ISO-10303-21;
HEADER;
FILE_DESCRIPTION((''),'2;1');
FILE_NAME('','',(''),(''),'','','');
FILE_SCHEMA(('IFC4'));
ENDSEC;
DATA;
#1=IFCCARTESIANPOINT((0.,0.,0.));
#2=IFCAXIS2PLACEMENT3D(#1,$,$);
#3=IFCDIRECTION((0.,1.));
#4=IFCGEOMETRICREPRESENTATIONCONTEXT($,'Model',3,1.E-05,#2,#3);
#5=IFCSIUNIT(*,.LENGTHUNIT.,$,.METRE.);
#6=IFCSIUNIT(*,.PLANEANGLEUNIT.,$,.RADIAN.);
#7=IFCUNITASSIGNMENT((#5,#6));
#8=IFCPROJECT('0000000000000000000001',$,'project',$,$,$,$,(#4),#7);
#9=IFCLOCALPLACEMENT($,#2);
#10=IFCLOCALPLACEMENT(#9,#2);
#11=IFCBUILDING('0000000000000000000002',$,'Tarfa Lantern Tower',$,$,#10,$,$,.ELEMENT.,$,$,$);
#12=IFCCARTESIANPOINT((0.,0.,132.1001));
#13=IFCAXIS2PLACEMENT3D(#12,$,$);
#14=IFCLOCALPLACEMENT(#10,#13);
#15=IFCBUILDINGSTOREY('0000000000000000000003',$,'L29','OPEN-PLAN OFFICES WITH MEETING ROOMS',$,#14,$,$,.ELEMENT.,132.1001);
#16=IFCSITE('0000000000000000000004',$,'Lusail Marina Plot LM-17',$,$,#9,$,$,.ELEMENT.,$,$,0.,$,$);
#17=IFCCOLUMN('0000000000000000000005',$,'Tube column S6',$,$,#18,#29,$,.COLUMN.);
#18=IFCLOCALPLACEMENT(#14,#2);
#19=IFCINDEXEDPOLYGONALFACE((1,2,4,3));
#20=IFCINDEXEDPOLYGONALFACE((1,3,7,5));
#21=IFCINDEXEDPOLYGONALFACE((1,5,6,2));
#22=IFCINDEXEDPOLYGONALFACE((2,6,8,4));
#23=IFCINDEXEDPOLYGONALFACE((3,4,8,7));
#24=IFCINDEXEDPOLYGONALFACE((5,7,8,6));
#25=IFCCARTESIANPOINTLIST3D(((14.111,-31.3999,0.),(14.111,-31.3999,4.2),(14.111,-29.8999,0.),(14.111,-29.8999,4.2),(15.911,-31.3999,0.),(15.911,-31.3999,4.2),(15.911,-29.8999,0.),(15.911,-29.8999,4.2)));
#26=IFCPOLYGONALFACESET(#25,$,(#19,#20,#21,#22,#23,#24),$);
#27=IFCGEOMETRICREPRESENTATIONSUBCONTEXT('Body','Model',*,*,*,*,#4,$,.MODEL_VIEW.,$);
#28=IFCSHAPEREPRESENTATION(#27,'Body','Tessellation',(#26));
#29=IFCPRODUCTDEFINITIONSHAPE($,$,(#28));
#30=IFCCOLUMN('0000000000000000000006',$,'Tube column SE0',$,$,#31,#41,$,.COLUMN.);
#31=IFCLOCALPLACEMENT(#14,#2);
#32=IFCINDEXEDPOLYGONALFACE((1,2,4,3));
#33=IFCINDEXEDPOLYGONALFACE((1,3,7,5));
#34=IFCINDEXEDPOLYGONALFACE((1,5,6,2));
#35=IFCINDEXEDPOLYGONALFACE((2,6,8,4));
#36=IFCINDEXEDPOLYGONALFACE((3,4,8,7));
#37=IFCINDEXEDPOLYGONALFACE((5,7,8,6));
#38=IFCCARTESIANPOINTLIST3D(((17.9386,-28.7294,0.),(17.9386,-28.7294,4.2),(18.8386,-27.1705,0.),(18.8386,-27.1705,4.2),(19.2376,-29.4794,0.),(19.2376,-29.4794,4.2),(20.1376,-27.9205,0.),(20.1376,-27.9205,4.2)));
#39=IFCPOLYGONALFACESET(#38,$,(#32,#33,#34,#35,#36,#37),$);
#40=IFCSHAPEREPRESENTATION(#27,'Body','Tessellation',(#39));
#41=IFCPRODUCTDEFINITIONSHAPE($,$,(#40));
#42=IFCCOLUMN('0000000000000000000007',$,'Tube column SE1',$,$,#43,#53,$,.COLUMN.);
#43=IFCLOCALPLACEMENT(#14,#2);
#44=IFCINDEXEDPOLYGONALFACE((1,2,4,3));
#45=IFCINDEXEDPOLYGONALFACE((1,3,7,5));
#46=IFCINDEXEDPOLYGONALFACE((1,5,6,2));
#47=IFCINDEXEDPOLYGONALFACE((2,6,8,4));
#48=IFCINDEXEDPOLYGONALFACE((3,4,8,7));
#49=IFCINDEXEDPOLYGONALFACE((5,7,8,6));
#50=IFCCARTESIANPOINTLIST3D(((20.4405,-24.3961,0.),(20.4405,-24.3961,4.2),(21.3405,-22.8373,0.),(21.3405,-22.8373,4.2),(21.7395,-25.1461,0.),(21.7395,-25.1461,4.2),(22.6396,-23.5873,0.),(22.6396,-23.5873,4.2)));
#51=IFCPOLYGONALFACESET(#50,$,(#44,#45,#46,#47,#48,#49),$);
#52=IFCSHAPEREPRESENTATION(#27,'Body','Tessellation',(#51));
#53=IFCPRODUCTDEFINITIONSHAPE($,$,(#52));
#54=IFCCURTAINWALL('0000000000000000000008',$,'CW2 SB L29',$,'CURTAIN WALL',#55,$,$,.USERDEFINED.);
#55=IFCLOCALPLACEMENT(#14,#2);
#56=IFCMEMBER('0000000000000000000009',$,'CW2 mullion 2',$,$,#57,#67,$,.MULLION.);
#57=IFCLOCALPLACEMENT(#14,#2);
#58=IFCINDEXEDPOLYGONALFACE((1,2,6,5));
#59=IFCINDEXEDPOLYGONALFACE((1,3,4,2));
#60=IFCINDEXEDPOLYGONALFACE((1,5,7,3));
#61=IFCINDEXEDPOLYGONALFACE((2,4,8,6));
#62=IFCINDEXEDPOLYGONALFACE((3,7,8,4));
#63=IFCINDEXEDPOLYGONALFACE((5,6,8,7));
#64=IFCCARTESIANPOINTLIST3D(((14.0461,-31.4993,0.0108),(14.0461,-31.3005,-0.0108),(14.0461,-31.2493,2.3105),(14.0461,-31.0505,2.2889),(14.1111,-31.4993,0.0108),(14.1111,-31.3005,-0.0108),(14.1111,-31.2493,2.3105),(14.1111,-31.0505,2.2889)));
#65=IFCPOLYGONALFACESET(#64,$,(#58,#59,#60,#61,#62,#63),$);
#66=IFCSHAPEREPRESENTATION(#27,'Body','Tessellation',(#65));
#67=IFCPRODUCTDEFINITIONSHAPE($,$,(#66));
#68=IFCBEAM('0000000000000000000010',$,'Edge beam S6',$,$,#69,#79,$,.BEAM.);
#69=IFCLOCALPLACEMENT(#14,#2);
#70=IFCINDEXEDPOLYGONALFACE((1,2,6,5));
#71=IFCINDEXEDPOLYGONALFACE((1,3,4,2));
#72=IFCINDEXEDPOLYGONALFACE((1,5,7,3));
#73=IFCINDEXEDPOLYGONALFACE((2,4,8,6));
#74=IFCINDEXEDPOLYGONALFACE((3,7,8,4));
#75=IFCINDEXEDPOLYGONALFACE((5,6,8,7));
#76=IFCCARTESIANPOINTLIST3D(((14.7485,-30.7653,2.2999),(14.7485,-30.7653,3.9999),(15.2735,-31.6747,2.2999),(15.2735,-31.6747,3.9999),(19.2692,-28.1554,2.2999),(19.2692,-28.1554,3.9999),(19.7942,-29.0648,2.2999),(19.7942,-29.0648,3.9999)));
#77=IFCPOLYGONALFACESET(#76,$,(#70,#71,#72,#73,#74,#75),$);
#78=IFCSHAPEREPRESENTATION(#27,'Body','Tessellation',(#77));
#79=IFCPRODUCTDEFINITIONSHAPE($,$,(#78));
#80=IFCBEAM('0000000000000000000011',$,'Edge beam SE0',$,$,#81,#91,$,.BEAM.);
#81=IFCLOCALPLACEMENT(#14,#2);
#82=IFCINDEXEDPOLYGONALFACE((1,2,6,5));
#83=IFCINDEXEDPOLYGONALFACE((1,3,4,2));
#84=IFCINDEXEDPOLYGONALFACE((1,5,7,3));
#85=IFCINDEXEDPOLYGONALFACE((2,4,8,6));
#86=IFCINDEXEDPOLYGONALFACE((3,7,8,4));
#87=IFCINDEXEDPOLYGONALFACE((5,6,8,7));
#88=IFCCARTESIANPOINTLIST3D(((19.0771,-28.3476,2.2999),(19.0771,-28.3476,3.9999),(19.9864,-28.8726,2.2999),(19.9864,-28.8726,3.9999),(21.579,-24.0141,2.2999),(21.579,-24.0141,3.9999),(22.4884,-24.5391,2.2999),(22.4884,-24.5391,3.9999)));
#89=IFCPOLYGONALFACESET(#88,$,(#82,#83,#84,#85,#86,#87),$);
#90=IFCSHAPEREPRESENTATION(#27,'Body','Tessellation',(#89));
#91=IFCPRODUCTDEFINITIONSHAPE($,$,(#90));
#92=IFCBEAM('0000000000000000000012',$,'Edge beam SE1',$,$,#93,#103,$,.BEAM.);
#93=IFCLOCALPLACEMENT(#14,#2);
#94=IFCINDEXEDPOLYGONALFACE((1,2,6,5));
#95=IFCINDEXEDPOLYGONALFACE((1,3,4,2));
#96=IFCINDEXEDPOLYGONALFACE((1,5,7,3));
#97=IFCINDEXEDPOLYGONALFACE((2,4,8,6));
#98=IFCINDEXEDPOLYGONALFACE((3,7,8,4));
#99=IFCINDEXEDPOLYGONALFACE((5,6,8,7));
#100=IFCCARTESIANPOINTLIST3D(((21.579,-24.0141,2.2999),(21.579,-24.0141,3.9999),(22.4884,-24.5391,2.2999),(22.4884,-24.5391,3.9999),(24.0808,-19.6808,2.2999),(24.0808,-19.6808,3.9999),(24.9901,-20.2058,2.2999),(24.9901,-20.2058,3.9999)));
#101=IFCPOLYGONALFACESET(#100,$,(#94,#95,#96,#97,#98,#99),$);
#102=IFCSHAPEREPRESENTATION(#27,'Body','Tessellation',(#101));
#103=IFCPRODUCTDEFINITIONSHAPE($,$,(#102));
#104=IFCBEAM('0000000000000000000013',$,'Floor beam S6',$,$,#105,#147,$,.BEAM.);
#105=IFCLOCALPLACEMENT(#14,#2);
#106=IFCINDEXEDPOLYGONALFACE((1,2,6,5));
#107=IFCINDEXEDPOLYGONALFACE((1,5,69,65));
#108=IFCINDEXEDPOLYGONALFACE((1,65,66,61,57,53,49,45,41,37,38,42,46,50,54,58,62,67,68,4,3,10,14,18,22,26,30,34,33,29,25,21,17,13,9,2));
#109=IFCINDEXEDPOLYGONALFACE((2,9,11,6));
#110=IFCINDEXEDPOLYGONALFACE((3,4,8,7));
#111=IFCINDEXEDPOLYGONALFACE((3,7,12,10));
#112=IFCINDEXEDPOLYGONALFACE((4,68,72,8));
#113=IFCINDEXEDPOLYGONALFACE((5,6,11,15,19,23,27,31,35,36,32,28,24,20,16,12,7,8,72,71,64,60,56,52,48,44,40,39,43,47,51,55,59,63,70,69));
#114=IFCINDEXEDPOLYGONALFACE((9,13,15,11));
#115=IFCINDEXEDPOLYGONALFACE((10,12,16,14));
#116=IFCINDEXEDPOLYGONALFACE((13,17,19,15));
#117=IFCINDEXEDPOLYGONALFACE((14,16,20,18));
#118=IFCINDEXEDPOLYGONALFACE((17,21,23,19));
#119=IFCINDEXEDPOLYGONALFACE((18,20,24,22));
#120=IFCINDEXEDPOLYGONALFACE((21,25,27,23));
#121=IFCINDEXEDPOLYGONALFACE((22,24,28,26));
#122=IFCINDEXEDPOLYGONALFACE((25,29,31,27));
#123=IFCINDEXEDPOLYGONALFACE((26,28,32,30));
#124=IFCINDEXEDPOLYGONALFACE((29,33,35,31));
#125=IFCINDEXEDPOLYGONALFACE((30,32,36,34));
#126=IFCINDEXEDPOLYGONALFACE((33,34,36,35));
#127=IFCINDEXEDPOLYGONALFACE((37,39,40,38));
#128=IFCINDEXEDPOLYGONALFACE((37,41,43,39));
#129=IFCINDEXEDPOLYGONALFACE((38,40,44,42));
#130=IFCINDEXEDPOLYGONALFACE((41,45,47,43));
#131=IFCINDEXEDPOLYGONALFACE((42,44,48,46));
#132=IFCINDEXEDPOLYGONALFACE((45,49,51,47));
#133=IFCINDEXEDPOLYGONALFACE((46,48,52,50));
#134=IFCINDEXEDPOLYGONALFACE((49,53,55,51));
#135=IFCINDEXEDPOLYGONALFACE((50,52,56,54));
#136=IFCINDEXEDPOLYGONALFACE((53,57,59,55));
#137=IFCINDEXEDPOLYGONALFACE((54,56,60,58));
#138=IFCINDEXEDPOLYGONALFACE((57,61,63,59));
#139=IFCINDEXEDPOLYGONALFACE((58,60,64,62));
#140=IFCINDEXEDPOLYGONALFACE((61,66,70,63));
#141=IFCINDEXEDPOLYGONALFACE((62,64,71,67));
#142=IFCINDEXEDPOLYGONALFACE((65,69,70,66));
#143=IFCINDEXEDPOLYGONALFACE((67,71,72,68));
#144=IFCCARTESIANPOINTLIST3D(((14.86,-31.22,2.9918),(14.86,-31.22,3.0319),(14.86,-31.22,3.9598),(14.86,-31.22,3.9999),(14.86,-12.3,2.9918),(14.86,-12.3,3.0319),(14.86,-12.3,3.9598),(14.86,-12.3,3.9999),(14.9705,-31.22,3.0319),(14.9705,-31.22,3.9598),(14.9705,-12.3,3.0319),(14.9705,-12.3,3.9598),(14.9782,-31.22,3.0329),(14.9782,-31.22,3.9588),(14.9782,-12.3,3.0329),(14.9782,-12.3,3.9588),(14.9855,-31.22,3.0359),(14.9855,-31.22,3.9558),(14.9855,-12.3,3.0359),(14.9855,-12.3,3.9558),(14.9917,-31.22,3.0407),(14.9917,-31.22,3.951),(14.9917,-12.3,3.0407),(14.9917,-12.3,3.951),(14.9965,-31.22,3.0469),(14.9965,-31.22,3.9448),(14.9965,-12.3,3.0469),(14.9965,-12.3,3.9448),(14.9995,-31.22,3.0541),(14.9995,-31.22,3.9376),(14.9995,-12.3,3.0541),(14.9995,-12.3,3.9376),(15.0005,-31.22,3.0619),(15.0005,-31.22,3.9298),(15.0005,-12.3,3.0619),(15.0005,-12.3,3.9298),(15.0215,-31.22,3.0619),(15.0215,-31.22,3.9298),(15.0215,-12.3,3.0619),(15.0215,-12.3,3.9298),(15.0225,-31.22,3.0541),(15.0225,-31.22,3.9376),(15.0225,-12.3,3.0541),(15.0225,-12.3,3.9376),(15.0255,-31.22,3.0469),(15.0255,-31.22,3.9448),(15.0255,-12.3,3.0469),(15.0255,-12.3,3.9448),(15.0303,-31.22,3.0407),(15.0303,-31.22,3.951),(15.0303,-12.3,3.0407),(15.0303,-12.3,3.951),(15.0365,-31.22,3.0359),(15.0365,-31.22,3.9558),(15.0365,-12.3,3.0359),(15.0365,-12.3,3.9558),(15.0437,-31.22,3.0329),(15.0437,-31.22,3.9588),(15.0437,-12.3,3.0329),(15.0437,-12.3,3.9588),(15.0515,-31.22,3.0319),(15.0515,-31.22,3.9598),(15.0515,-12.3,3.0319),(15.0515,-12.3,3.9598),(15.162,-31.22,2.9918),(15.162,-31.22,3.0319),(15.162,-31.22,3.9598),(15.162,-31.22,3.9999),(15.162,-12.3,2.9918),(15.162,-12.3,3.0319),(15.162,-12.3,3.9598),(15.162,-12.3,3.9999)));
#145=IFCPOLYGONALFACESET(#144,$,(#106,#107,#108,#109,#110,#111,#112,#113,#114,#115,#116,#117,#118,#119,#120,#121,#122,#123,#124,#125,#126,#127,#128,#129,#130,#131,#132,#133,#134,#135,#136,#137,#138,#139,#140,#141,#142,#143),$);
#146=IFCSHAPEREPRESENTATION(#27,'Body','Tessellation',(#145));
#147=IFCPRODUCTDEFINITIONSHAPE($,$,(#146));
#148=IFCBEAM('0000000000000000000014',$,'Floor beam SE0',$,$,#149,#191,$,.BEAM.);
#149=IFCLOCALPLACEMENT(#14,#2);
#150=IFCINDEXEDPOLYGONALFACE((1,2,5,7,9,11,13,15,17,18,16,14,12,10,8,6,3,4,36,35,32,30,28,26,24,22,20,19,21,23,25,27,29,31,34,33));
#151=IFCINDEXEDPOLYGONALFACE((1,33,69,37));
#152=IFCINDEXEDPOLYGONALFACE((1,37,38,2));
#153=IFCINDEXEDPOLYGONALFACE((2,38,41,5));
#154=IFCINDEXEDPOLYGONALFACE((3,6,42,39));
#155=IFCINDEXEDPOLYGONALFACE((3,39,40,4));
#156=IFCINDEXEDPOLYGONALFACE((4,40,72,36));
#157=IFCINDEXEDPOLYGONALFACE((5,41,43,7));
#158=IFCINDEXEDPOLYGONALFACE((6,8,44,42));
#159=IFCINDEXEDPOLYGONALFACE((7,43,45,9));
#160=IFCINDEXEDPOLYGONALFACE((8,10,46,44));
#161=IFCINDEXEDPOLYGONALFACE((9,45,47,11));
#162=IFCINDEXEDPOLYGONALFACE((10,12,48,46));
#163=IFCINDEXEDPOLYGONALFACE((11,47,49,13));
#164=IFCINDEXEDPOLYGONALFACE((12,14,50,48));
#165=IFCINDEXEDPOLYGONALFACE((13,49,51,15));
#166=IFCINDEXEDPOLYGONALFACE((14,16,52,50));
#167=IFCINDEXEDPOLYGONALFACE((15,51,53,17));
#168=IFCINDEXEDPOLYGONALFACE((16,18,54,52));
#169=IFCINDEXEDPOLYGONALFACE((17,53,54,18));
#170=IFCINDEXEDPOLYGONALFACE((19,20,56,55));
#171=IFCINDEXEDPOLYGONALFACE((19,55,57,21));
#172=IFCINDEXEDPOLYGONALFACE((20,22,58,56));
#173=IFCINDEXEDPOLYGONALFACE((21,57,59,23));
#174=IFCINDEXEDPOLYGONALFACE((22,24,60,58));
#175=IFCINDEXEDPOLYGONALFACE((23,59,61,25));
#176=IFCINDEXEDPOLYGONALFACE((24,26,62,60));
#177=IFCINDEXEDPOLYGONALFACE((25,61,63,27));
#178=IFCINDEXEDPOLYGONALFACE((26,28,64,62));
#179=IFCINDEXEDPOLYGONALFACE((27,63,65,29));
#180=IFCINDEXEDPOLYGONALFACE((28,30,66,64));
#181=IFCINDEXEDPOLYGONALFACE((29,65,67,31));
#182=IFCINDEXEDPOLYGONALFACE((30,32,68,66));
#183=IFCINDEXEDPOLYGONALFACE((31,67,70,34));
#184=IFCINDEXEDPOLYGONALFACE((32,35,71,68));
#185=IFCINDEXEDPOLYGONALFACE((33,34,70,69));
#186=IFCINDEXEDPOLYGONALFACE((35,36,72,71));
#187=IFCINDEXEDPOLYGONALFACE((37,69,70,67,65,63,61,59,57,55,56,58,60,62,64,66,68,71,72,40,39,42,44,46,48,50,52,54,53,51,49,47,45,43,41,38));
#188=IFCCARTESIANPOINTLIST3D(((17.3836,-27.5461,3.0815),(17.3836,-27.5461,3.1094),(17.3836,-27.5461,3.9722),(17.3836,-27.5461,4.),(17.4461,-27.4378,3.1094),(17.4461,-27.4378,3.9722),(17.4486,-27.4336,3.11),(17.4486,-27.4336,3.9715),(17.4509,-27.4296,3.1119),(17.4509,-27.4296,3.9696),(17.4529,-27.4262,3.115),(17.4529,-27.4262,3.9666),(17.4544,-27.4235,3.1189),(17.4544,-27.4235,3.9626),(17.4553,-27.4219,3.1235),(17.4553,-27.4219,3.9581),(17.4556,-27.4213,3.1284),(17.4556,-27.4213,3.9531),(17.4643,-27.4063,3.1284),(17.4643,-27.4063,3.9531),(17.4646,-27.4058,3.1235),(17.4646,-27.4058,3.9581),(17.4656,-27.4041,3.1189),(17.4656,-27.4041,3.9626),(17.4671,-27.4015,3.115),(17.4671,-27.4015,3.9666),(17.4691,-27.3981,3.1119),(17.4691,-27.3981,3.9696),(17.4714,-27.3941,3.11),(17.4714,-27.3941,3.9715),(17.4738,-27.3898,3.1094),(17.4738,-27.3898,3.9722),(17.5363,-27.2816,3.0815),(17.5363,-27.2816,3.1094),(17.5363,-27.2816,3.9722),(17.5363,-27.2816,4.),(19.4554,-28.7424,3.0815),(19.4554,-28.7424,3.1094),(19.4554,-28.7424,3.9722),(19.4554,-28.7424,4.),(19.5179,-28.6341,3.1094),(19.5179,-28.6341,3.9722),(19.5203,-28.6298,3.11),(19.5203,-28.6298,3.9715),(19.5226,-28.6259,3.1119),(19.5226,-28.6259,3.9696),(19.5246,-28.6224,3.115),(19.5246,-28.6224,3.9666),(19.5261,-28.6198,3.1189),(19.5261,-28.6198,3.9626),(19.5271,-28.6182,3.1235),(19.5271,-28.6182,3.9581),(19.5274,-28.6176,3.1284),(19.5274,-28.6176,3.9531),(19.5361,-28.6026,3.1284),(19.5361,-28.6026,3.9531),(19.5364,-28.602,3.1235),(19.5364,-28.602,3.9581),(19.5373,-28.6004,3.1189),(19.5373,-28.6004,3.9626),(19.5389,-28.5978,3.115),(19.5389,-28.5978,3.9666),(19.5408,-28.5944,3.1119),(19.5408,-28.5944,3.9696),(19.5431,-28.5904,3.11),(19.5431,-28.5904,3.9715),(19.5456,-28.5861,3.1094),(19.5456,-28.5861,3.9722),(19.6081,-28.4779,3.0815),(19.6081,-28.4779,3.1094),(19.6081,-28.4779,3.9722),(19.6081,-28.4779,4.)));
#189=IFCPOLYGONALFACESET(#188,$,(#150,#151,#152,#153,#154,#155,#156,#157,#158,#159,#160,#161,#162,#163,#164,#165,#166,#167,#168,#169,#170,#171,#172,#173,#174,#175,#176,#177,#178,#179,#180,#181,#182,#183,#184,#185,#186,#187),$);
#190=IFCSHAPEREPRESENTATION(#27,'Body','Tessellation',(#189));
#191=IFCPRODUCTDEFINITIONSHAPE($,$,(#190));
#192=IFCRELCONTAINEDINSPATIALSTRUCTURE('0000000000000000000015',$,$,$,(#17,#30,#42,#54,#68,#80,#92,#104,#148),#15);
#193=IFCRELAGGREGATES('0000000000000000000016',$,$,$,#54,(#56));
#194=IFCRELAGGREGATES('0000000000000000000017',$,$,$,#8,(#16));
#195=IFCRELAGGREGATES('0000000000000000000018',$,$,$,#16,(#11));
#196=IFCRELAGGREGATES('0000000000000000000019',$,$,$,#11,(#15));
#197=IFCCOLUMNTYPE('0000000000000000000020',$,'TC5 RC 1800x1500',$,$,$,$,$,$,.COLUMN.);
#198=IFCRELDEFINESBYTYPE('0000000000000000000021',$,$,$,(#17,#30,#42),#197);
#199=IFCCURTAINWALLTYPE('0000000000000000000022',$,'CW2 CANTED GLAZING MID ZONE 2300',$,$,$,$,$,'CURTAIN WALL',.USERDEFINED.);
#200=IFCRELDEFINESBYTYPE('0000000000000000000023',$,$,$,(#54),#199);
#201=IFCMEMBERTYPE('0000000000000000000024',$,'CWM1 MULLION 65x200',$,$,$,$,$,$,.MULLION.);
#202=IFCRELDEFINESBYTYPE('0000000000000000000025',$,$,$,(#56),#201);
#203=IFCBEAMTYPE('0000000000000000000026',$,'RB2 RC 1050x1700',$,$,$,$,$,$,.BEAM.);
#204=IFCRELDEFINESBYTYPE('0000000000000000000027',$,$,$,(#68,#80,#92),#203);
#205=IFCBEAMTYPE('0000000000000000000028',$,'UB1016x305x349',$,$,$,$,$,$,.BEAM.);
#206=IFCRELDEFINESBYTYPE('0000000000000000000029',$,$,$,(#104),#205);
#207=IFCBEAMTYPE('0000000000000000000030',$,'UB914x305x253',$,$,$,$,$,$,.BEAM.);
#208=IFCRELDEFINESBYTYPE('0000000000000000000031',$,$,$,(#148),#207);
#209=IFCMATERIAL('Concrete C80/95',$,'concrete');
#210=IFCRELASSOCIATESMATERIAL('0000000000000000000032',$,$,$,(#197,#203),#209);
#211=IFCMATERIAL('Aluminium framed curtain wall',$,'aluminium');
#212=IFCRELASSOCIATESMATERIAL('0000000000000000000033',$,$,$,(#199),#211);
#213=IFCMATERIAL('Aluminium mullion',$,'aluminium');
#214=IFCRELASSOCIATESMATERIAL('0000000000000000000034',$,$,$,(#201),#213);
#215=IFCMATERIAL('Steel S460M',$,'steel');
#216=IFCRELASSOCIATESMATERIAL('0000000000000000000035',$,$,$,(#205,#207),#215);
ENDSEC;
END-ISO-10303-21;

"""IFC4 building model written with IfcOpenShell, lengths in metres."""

from ifc_helpers import new_model, si_unit, direction, frame, origin, origin_2d, place, context, subcontext, project, spatial, rectangle, i_section, extrude, material, material_profile, profile_set, type_object, element, aggregate, save


model = new_model("IFC4")

# Units and contexts
model_context = context("Model", 3, precision=1e-05, world=origin(), true_north=direction((0.0, 1.0)))
body_context = subcontext(model_context, "Body", "Model", "MODEL_VIEW")
ifc_project = project(units=[si_unit("LENGTHUNIT", "METRE"), si_unit("PLANEANGLEUNIT", "RADIAN")], contexts=[model_context])

# Site, building, storey
site_placement = place(None, origin())
site = spatial("IfcSite", under=ifc_project, at=site_placement, Name="Lusail Marina Plot LM-17", CompositionType="ELEMENT", RefElevation=0.0)
building_placement = place(site_placement, origin())
building = spatial("IfcBuilding", under=site, at=building_placement, Name="Tarfa Lantern Tower", CompositionType="ELEMENT")
storey_placement = place(building_placement, frame((0.0, 0.0, 132.1001)))
storey = spatial("IfcBuildingStorey", under=building, at=storey_placement, Name="L29", Description="OPEN-PLAN OFFICES WITH MEETING ROOMS", CompositionType="ELEMENT", Elevation=132.1001)

# Columns
ifc_material_1 = material(Name="Concrete C80/95", Category="concrete")
ifc_material_profile_1 = material_profile(ifc_material_1, rectangle(XDim=1.8, YDim=1.5, at=origin_2d()), Name="RC 1800x1500")
ifc_profile_set_1 = profile_set([ifc_material_profile_1], Name="Concrete C80/95")
column_type = type_object("IfcColumnType", Name="TC5 RC 1800x1500", PredefinedType="COLUMN", material=ifc_profile_set_1)
for number, where, z_axis, x_axis, name in (
    (1, (15.011, -30.6499, 0.0), (0.0, 0.0, 1.0), (1.0, 0.0, 0.0), "Tube column S6"),
    (2, (19.0381, -28.325, 0.0), (0.0, 0.0, 1.0), (0.5, 0.866025, 0.0), "Tube column SE0"),
    (3, (21.54, -23.9917, 0.0), (0.0, 0.0, 1.0), (0.5, 0.866025, 0.0), "Tube column SE1"),
):
    element("IfcColumn", number, at=place(storey_placement, frame(where, z_axis=z_axis, x_axis=x_axis)), inside=storey, type_object=column_type, Name=name, PredefinedType="COLUMN", context=body_context, shape_type="SweptSolid", body=[
        extrude(rectangle(XDim=1.8, YDim=1.5, at=origin_2d()), origin(), (0.0, 0.0, 1.0), 4.2),
    ])

# Curtain wall, member
ifc_material_2 = material(Name="Aluminium framed curtain wall", Category="aluminium")
curtain_wall_type = type_object("IfcCurtainWallType", Name="CW2 CANTED GLAZING MID ZONE 2300", ElementType="CURTAIN WALL", PredefinedType="USERDEFINED", material=ifc_material_2)
curtain_wall_placement = place(storey_placement, origin())
curtain_wall = element("IfcCurtainWall", 4, at=curtain_wall_placement, inside=storey, type_object=curtain_wall_type, Name="CW2 SB L29", ObjectType="CURTAIN WALL", PredefinedType="USERDEFINED")
ifc_material_3 = material(Name="Aluminium mullion", Category="aluminium")
ifc_material_profile_2 = material_profile(ifc_material_3, rectangle(XDim=0.0649, YDim=0.2, at=origin_2d()), Name="AL MULLION 65x200")
ifc_profile_set_2 = profile_set([ifc_material_profile_2], Name="Aluminium mullion")
member_type = type_object("IfcMemberType", Name="CWM1 MULLION 65x200", PredefinedType="MULLION", material=ifc_profile_set_2)
member_placement = place(storey_placement, frame((14.0786, -31.3999, 0.0), z_axis=(0.0, 0.108068, 0.994143), x_axis=(-1.0, 0.0, 0.0)))
member = element("IfcMember", 5, at=member_placement, type_object=member_type, Name="CW2 mullion 2", PredefinedType="MULLION", context=body_context, shape_type="SweptSolid", body=[
    extrude(rectangle(XDim=0.0649, YDim=0.2, at=origin_2d()), origin(), (0.0, 0.0, 1.0), 2.3132),
])
aggregate(curtain_wall, [member])

# Beams
ifc_material_profile_3 = material_profile(ifc_material_1, rectangle(XDim=1.05, YDim=1.7, at=origin_2d()), Name="RC 1050x1700")
ifc_profile_set_3 = profile_set([ifc_material_profile_3], Name="Concrete C80/95")
beam_type_1 = type_object("IfcBeamType", Name="RB2 RC 1050x1700", PredefinedType="BEAM", material=ifc_profile_set_3)
beam_1_placement = place(storey_placement, frame((15.011, -31.22, 3.1499), z_axis=(0.866042, 0.499972, 0.0), x_axis=(-0.499972, 0.866042, 0.0)))
element("IfcBeam", 6, at=beam_1_placement, inside=storey, type_object=beam_type_1, Name="Edge beam S6", PredefinedType="BEAM", context=body_context, shape_type="SweptSolid", body=[
    extrude(rectangle(XDim=1.05, YDim=1.7, at=origin_2d()), origin(), (0.0, 0.0, 1.0), 5.22),
])
beam_2_placement = place(storey_placement, frame((19.5317, -28.6101, 3.1499), z_axis=(0.500001, 0.866025, 0.0), x_axis=(-0.866025, 0.500001, 0.0)))
element("IfcBeam", 7, at=beam_2_placement, inside=storey, type_object=beam_type_1, Name="Edge beam SE0", PredefinedType="BEAM", context=body_context, shape_type="SweptSolid", body=[
    extrude(rectangle(XDim=1.05, YDim=1.7, at=origin_2d()), origin(), (0.0, 0.0, 1.0), 5.0039),
])
beam_3_placement = place(storey_placement, frame((22.0337, -24.2766, 3.1499), z_axis=(0.499986, 0.866034, 0.0), x_axis=(-0.866034, 0.499986, 0.0)))
element("IfcBeam", 8, at=beam_3_placement, inside=storey, type_object=beam_type_1, Name="Edge beam SE1", PredefinedType="BEAM", context=body_context, shape_type="SweptSolid", body=[
    extrude(rectangle(XDim=1.05, YDim=1.7, at=origin_2d()), origin(), (0.0, 0.0, 1.0), 5.0037),
])
ifc_material_4 = material(Name="Steel S460M", Category="steel")
ifc_material_profile_4 = material_profile(ifc_material_4, i_section(OverallWidth=0.302, OverallDepth=1.0081, WebThickness=0.021, FlangeThickness=0.04, FilletRadius=0.03, at=origin_2d()), Name="UB1016x305x349")
ifc_profile_set_4 = profile_set([ifc_material_profile_4], Name="Steel S460M")
beam_type_2 = type_object("IfcBeamType", Name="UB1016x305x349", PredefinedType="BEAM", material=ifc_profile_set_4)
beam_4_placement = place(storey_placement, frame((15.011, -31.22, 3.4958), z_axis=(0.0, 1.0, 0.0), x_axis=(-1.0, 0.0, 0.0)))
element("IfcBeam", 9, at=beam_4_placement, inside=storey, type_object=beam_type_2, Name="Floor beam S6", PredefinedType="BEAM", context=body_context, shape_type="SweptSolid", body=[
    extrude(i_section(OverallWidth=0.302, OverallDepth=1.0081, WebThickness=0.021, FlangeThickness=0.04, FilletRadius=0.03, at=origin_2d()), origin(), (0.0, 0.0, 1.0), 18.9199),
])
ifc_material_profile_5 = material_profile(ifc_material_4, i_section(OverallWidth=0.3054, OverallDepth=0.9185, WebThickness=0.0173, FlangeThickness=0.0278, FilletRadius=0.019, at=origin_2d()), Name="UB914x305x253")
ifc_profile_set_5 = profile_set([ifc_material_profile_5], Name="Steel S460M")
beam_type_3 = type_object("IfcBeamType", Name="UB914x305x253", PredefinedType="BEAM", material=ifc_profile_set_5)
beam_5_placement = place(storey_placement, frame((19.5317, -28.6101, 3.5408), z_axis=(-0.865999, 0.500046, 0.0), x_axis=(-0.500046, -0.865999, 0.0)))
element("IfcBeam", 10, at=beam_5_placement, inside=storey, type_object=beam_type_3, Name="Floor beam SE0", PredefinedType="BEAM", context=body_context, shape_type="SweptSolid", body=[
    extrude(i_section(OverallWidth=0.3054, OverallDepth=0.9185, WebThickness=0.0173, FlangeThickness=0.0278, FilletRadius=0.019, at=origin_2d()), origin(), (0.0, 0.0, 1.0), 2.3923),
])

save(model, "model.ifc")
